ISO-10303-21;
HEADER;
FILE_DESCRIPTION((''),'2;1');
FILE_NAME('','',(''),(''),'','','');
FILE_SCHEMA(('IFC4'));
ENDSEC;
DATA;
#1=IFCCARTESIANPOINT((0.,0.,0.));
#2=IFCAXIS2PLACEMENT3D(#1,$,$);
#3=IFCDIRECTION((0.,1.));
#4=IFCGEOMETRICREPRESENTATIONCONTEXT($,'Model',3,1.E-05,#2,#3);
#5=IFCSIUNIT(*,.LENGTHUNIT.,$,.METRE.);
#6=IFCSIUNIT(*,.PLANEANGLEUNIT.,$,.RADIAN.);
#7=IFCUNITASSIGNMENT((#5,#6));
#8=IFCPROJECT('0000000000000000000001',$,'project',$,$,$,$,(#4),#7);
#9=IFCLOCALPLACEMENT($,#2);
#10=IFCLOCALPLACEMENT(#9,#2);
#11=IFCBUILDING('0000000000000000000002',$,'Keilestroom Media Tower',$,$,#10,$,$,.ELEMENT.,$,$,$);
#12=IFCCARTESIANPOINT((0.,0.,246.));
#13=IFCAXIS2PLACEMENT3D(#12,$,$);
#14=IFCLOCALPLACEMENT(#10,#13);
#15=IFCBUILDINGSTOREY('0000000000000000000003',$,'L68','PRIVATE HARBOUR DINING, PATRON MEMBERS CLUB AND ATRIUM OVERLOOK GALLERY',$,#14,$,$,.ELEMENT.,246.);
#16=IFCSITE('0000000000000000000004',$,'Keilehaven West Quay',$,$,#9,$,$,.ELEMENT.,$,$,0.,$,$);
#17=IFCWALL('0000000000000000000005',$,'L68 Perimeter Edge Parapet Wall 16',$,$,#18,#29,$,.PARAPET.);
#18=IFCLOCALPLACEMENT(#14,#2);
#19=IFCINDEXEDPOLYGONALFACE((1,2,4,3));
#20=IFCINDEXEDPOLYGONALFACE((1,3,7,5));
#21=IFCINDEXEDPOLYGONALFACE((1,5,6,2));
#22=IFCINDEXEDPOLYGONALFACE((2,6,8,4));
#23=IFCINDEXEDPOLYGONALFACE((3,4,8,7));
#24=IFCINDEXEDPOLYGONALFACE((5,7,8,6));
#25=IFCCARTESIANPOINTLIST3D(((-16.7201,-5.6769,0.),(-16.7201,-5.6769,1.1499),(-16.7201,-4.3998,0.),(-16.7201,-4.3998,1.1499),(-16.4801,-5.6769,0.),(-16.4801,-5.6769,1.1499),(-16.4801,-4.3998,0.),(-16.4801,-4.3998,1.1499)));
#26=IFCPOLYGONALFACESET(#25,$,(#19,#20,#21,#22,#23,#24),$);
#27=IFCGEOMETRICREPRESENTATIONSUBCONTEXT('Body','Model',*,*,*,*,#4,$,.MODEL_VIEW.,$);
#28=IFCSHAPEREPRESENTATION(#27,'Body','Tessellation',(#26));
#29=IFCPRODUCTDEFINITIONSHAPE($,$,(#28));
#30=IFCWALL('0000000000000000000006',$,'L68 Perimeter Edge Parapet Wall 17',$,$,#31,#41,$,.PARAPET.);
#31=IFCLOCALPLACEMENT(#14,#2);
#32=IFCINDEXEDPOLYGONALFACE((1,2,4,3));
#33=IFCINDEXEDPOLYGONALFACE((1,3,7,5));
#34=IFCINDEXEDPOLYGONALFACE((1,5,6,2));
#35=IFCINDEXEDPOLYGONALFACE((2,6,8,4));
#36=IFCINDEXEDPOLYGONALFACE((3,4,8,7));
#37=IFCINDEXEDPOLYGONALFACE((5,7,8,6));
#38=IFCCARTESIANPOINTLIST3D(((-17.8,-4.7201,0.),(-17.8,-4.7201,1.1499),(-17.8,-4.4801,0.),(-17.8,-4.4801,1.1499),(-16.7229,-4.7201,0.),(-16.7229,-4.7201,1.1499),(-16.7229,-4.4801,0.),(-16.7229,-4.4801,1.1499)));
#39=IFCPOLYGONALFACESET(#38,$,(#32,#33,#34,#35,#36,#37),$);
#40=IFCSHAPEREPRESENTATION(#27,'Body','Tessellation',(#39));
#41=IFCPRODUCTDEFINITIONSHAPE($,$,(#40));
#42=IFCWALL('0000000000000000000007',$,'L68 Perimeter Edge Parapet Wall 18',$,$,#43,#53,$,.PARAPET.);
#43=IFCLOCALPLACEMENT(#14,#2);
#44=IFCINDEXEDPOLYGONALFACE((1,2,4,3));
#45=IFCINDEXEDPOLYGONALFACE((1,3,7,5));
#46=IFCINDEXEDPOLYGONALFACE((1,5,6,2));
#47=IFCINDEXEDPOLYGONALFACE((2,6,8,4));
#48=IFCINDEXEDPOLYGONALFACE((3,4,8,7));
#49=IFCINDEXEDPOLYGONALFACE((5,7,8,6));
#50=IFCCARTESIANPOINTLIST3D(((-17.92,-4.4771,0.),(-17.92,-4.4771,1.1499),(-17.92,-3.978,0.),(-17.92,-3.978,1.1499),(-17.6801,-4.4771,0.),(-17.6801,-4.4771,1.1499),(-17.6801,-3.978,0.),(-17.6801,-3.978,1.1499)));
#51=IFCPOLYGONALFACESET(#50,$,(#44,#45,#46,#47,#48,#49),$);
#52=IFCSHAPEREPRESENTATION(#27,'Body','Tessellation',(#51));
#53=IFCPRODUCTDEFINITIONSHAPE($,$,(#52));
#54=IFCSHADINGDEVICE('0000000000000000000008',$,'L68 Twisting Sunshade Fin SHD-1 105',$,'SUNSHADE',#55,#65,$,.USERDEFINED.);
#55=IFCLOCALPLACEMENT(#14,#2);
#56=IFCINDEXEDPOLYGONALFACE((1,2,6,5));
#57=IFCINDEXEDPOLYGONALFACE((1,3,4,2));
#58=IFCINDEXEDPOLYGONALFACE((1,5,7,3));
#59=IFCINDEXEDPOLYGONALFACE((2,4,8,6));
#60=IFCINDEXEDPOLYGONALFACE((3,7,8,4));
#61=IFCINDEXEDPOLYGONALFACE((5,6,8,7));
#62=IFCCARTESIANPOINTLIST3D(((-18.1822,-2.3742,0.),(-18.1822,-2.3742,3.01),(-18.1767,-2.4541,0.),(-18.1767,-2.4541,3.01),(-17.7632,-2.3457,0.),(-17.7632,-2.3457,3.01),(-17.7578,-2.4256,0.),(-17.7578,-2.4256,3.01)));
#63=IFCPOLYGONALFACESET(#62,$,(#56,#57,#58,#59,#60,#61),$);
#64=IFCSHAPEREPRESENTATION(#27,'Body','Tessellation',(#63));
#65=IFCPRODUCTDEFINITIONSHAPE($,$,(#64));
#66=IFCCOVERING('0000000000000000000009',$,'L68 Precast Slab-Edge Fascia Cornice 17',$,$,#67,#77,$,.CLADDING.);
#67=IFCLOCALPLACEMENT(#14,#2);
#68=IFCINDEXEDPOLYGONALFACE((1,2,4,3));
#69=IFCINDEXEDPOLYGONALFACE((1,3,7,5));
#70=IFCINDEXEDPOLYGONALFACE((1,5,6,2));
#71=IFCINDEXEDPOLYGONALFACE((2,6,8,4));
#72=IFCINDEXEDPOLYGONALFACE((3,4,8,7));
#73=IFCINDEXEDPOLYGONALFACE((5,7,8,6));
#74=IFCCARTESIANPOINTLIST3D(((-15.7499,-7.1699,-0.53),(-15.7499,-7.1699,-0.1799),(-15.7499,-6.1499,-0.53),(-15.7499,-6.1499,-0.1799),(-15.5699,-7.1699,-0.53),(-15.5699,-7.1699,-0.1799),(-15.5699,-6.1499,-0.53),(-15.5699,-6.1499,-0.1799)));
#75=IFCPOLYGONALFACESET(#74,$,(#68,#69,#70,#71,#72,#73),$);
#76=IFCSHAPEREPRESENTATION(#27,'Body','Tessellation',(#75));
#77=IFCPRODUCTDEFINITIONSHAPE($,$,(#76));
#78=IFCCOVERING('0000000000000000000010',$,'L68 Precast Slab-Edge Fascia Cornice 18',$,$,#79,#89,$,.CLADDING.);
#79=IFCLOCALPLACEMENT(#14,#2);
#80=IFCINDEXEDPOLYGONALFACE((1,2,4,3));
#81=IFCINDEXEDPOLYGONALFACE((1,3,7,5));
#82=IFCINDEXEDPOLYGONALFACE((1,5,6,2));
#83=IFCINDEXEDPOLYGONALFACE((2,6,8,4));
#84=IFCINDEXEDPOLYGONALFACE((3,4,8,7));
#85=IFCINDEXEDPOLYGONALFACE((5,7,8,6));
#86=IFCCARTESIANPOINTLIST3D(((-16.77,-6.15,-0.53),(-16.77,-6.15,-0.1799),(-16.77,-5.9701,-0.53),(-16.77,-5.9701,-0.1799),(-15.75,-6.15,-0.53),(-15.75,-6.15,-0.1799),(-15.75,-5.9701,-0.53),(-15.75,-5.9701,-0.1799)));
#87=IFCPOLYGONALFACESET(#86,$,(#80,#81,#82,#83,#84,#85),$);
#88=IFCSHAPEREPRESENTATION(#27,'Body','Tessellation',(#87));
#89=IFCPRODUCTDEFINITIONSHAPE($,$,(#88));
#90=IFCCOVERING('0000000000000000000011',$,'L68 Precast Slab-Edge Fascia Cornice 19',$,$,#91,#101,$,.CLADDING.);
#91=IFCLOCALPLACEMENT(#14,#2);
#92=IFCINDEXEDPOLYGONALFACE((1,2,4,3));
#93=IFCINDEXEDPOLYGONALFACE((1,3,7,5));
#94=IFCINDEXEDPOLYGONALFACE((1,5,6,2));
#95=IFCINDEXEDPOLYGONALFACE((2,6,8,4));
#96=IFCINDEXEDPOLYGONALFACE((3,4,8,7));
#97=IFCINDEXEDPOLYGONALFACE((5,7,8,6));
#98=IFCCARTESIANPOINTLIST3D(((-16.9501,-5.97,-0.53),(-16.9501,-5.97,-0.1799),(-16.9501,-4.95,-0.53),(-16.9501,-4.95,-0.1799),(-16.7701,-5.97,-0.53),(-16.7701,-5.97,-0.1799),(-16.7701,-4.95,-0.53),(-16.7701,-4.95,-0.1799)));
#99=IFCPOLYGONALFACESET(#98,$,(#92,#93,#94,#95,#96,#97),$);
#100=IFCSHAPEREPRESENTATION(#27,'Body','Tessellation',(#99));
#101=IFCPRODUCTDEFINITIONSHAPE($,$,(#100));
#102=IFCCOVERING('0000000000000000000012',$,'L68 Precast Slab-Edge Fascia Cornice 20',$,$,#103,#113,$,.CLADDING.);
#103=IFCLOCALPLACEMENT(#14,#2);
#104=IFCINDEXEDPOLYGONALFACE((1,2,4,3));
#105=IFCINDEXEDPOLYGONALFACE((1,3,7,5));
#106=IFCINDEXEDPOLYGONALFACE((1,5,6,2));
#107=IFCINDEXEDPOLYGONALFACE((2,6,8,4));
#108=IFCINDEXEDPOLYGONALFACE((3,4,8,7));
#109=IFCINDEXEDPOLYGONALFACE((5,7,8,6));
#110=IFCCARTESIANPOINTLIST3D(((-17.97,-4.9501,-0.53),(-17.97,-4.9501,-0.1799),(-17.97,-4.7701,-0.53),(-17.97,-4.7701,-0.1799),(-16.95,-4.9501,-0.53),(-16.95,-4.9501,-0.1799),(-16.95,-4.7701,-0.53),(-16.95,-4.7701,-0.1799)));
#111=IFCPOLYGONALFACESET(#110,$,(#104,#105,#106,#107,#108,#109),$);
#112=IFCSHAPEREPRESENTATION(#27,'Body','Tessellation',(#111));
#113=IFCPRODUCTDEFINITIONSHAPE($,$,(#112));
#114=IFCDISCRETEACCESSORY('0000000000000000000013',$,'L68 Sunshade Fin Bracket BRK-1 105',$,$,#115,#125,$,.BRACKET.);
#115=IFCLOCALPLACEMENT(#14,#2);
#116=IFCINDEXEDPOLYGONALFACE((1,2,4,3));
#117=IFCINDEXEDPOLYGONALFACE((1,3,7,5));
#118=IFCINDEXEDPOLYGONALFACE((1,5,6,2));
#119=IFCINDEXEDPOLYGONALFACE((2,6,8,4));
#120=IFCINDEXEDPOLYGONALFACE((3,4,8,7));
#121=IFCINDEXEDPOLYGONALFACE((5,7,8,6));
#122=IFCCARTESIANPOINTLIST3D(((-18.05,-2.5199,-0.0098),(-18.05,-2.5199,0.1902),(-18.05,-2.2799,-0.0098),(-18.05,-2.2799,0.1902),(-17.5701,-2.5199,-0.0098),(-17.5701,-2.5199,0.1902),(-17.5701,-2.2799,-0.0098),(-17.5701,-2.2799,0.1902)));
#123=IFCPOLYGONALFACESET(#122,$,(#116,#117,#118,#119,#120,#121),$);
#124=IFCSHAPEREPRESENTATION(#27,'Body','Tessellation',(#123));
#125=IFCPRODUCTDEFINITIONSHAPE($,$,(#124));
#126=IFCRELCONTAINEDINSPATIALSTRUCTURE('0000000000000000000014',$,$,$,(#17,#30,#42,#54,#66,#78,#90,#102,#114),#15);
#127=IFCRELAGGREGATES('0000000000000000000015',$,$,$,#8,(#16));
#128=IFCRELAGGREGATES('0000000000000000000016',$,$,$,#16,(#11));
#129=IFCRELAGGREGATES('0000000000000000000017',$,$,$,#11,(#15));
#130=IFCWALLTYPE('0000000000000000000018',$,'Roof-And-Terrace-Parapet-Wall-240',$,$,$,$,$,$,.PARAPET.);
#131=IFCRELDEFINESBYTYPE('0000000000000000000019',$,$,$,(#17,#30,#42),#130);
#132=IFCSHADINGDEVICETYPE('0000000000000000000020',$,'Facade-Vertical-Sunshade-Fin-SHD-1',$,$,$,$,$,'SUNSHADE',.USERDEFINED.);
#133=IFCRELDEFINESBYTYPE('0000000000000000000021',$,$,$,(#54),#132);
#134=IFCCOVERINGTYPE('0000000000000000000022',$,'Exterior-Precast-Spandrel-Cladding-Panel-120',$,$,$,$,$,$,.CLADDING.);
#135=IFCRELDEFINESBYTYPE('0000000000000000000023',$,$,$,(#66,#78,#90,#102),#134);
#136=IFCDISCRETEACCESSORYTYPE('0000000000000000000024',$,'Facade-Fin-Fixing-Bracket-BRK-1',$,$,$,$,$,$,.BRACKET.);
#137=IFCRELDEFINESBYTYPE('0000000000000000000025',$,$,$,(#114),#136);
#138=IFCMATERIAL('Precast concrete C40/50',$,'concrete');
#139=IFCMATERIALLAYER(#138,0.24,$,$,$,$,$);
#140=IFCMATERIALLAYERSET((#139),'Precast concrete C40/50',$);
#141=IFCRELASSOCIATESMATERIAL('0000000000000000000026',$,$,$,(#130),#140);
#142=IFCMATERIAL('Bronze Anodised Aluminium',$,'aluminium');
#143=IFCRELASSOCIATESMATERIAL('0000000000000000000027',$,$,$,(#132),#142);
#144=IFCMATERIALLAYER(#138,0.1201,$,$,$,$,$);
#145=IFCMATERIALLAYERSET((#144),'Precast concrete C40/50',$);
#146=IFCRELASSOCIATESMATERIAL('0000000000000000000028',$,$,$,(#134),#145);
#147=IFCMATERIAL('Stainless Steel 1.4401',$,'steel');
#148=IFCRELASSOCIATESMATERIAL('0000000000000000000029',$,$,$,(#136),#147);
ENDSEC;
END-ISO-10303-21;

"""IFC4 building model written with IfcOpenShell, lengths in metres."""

from ifc_helpers import new_model, si_unit, direction, frame, frame_2d, origin, origin_2d, place, context, subcontext, project, spatial, rectangle, extrude, source, transform, mapped, material, layer, layer_set, type_object, element, save


model = new_model("IFC4")

# Units and contexts
model_context = context("Model", 3, precision=1e-05, world=origin(), true_north=direction((0.0, 1.0)))
body_context = subcontext(model_context, "Body", "Model", "MODEL_VIEW")
ifc_project = project(units=[si_unit("LENGTHUNIT", "METRE"), si_unit("PLANEANGLEUNIT", "RADIAN")], contexts=[model_context])

# Site, building, storey
site_placement = place(None, origin())
site = spatial("IfcSite", under=ifc_project, at=site_placement, Name="Keilehaven West Quay", CompositionType="ELEMENT", RefElevation=0.0)
building_placement = place(site_placement, origin())
building = spatial("IfcBuilding", under=site, at=building_placement, Name="Keilestroom Media Tower", CompositionType="ELEMENT")
storey_placement = place(building_placement, frame((0.0, 0.0, 246.0)))
storey = spatial("IfcBuildingStorey", under=building, at=storey_placement, Name="L68", Description="PRIVATE HARBOUR DINING, PATRON MEMBERS CLUB AND ATRIUM OVERLOOK GALLERY", CompositionType="ELEMENT", Elevation=246.0)

# Shared definitions
ifc_material_1 = material(Name="Precast concrete C40/50", Category="concrete")

# Walls
ifc_layer_1 = layer(ifc_material_1, 0.24)
ifc_layer_set_1 = layer_set([ifc_layer_1], Name="Precast concrete C40/50")
wall_type = type_object("IfcWallType", Name="Roof-And-Terrace-Parapet-Wall-240", PredefinedType="PARAPET", material=ifc_layer_set_1)
wall_1_placement = place(storey_placement, frame((-16.6001, -5.677, 0.0), z_axis=(0.0, 0.0, 1.0), x_axis=(0.0, 1.0, 0.0)))
element("IfcWall", 1, at=wall_1_placement, inside=storey, type_object=wall_type, Name="L68 Perimeter Edge Parapet Wall 16", PredefinedType="PARAPET", context=body_context, shape_type="SweptSolid", body=[
    extrude(rectangle(XDim=1.2771, YDim=0.24, at=frame_2d((0.6387, 0.0))), origin(), (0.0, 0.0, 1.0), 1.1499),
])
wall_2_placement = place(storey_placement, frame((-16.7229, -4.6001, 0.0), z_axis=(0.0, 0.0, 1.0), x_axis=(-1.0, 0.0, 0.0)))
element("IfcWall", 2, at=wall_2_placement, inside=storey, type_object=wall_type, Name="L68 Perimeter Edge Parapet Wall 17", PredefinedType="PARAPET", context=body_context, shape_type="SweptSolid", body=[
    extrude(rectangle(XDim=1.0771, YDim=0.24, at=frame_2d((0.5386, 0.0))), origin(), (0.0, 0.0, 1.0), 1.1499),
])
wall_3_placement = place(storey_placement, frame((-17.8, -4.4771, 0.0), z_axis=(0.0, 0.0, 1.0), x_axis=(0.0, 1.0, 0.0)))
element("IfcWall", 3, at=wall_3_placement, inside=storey, type_object=wall_type, Name="L68 Perimeter Edge Parapet Wall 18", PredefinedType="PARAPET", context=body_context, shape_type="SweptSolid", body=[
    extrude(rectangle(XDim=0.499, YDim=0.24, at=frame_2d((0.2495, 0.0))), origin(), (0.0, 0.0, 1.0), 1.1499),
])

# Shading device
ifc_material_2 = material(Name="Bronze Anodised Aluminium", Category="aluminium")
shading_device_type = type_object("IfcShadingDeviceType", Name="Facade-Vertical-Sunshade-Fin-SHD-1", ElementType="SUNSHADE", PredefinedType="USERDEFINED", material=ifc_material_2)
shared_shape_1 = source(origin(), body_context, "Body", "SweptSolid", [
    extrude(rectangle(XDim=0.4199, YDim=0.0801, at=origin_2d()), origin(), (0.0, 0.0, 1.0), 3.01),
])
shading_device_placement = place(storey_placement, frame((-17.97, -2.3999, 0.0), z_axis=(0.0, 0.0, 1.0), x_axis=(0.997684, 0.068015, 0.0)))
element("IfcShadingDevice", 4, at=shading_device_placement, inside=storey, type_object=shading_device_type, Name="L68 Twisting Sunshade Fin SHD-1 105", ObjectType="SUNSHADE", PredefinedType="USERDEFINED", context=body_context, shape_type="MappedRepresentation", body=[
    mapped(shared_shape_1, transform((0.0, 0.0, 0.0), x_axis=(1.0, 0.0, 0.0), y_axis=(0.0, 1.0, 0.0), z_axis=(0.0, 0.0, 1.0), scale=1.0)),
])

# Coverings
ifc_layer_2 = layer(ifc_material_1, 0.1201)
ifc_layer_set_2 = layer_set([ifc_layer_2], Name="Precast concrete C40/50")
covering_type = type_object("IfcCoveringType", Name="Exterior-Precast-Spandrel-Cladding-Panel-120", PredefinedType="CLADDING", material=ifc_layer_set_2)
shared_shape_2 = source(origin(), body_context, "Body", "SweptSolid", [
    extrude(rectangle(XDim=1.02, YDim=0.1799, at=origin_2d()), origin(), (0.0, 0.0, 1.0), 0.3501),
])
for number, where, z_axis, x_axis, name in (
    (5, (-15.6599, -6.6599, -0.53), (0.0, 0.0, 1.0), (0.0, 1.0, 0.0), "L68 Precast Slab-Edge Fascia Cornice 17"),
    (6, (-16.26, -6.0601, -0.53), (0.0, 0.0, 1.0), (-1.0, 0.0, 0.0), "L68 Precast Slab-Edge Fascia Cornice 18"),
    (7, (-16.8601, -5.46, -0.53), (0.0, 0.0, 1.0), (0.0, 1.0, 0.0), "L68 Precast Slab-Edge Fascia Cornice 19"),
    (8, (-17.46, -4.8601, -0.53), (0.0, 0.0, 1.0), (-1.0, 0.0, 0.0), "L68 Precast Slab-Edge Fascia Cornice 20"),
):
    element("IfcCovering", number, at=place(storey_placement, frame(where, z_axis=z_axis, x_axis=x_axis)), inside=storey, type_object=covering_type, Name=name, PredefinedType="CLADDING", context=body_context, shape_type="MappedRepresentation", body=[
        mapped(shared_shape_2, transform((0.0, 0.0, 0.0), x_axis=(1.0, 0.0, 0.0), y_axis=(0.0, 1.0, 0.0), z_axis=(0.0, 0.0, 1.0), scale=1.0)),
    ])

# Discrete accessory
ifc_material_3 = material(Name="Stainless Steel 1.4401", Category="steel")
discrete_accessory_type = type_object("IfcDiscreteAccessoryType", Name="Facade-Fin-Fixing-Bracket-BRK-1", PredefinedType="BRACKET", material=ifc_material_3)
shared_shape_3 = source(origin(), body_context, "Body", "SweptSolid", [
    extrude(rectangle(XDim=0.48, YDim=0.24, at=origin_2d()), origin(), (0.0, 0.0, 1.0), 0.2),
])
discrete_accessory_placement = place(storey_placement, frame((-17.8101, -2.3999, -0.0098), z_axis=(0.0, 0.0, 1.0), x_axis=(1.0, 0.0, 0.0)))
element("IfcDiscreteAccessory", 9, at=discrete_accessory_placement, inside=storey, type_object=discrete_accessory_type, Name="L68 Sunshade Fin Bracket BRK-1 105", PredefinedType="BRACKET", context=body_context, shape_type="MappedRepresentation", body=[
    mapped(shared_shape_3, transform((0.0, 0.0, 0.0), x_axis=(1.0, 0.0, 0.0), y_axis=(0.0, 1.0, 0.0), z_axis=(0.0, 0.0, 1.0), scale=1.0)),
])

save(model, "model.ifc")
